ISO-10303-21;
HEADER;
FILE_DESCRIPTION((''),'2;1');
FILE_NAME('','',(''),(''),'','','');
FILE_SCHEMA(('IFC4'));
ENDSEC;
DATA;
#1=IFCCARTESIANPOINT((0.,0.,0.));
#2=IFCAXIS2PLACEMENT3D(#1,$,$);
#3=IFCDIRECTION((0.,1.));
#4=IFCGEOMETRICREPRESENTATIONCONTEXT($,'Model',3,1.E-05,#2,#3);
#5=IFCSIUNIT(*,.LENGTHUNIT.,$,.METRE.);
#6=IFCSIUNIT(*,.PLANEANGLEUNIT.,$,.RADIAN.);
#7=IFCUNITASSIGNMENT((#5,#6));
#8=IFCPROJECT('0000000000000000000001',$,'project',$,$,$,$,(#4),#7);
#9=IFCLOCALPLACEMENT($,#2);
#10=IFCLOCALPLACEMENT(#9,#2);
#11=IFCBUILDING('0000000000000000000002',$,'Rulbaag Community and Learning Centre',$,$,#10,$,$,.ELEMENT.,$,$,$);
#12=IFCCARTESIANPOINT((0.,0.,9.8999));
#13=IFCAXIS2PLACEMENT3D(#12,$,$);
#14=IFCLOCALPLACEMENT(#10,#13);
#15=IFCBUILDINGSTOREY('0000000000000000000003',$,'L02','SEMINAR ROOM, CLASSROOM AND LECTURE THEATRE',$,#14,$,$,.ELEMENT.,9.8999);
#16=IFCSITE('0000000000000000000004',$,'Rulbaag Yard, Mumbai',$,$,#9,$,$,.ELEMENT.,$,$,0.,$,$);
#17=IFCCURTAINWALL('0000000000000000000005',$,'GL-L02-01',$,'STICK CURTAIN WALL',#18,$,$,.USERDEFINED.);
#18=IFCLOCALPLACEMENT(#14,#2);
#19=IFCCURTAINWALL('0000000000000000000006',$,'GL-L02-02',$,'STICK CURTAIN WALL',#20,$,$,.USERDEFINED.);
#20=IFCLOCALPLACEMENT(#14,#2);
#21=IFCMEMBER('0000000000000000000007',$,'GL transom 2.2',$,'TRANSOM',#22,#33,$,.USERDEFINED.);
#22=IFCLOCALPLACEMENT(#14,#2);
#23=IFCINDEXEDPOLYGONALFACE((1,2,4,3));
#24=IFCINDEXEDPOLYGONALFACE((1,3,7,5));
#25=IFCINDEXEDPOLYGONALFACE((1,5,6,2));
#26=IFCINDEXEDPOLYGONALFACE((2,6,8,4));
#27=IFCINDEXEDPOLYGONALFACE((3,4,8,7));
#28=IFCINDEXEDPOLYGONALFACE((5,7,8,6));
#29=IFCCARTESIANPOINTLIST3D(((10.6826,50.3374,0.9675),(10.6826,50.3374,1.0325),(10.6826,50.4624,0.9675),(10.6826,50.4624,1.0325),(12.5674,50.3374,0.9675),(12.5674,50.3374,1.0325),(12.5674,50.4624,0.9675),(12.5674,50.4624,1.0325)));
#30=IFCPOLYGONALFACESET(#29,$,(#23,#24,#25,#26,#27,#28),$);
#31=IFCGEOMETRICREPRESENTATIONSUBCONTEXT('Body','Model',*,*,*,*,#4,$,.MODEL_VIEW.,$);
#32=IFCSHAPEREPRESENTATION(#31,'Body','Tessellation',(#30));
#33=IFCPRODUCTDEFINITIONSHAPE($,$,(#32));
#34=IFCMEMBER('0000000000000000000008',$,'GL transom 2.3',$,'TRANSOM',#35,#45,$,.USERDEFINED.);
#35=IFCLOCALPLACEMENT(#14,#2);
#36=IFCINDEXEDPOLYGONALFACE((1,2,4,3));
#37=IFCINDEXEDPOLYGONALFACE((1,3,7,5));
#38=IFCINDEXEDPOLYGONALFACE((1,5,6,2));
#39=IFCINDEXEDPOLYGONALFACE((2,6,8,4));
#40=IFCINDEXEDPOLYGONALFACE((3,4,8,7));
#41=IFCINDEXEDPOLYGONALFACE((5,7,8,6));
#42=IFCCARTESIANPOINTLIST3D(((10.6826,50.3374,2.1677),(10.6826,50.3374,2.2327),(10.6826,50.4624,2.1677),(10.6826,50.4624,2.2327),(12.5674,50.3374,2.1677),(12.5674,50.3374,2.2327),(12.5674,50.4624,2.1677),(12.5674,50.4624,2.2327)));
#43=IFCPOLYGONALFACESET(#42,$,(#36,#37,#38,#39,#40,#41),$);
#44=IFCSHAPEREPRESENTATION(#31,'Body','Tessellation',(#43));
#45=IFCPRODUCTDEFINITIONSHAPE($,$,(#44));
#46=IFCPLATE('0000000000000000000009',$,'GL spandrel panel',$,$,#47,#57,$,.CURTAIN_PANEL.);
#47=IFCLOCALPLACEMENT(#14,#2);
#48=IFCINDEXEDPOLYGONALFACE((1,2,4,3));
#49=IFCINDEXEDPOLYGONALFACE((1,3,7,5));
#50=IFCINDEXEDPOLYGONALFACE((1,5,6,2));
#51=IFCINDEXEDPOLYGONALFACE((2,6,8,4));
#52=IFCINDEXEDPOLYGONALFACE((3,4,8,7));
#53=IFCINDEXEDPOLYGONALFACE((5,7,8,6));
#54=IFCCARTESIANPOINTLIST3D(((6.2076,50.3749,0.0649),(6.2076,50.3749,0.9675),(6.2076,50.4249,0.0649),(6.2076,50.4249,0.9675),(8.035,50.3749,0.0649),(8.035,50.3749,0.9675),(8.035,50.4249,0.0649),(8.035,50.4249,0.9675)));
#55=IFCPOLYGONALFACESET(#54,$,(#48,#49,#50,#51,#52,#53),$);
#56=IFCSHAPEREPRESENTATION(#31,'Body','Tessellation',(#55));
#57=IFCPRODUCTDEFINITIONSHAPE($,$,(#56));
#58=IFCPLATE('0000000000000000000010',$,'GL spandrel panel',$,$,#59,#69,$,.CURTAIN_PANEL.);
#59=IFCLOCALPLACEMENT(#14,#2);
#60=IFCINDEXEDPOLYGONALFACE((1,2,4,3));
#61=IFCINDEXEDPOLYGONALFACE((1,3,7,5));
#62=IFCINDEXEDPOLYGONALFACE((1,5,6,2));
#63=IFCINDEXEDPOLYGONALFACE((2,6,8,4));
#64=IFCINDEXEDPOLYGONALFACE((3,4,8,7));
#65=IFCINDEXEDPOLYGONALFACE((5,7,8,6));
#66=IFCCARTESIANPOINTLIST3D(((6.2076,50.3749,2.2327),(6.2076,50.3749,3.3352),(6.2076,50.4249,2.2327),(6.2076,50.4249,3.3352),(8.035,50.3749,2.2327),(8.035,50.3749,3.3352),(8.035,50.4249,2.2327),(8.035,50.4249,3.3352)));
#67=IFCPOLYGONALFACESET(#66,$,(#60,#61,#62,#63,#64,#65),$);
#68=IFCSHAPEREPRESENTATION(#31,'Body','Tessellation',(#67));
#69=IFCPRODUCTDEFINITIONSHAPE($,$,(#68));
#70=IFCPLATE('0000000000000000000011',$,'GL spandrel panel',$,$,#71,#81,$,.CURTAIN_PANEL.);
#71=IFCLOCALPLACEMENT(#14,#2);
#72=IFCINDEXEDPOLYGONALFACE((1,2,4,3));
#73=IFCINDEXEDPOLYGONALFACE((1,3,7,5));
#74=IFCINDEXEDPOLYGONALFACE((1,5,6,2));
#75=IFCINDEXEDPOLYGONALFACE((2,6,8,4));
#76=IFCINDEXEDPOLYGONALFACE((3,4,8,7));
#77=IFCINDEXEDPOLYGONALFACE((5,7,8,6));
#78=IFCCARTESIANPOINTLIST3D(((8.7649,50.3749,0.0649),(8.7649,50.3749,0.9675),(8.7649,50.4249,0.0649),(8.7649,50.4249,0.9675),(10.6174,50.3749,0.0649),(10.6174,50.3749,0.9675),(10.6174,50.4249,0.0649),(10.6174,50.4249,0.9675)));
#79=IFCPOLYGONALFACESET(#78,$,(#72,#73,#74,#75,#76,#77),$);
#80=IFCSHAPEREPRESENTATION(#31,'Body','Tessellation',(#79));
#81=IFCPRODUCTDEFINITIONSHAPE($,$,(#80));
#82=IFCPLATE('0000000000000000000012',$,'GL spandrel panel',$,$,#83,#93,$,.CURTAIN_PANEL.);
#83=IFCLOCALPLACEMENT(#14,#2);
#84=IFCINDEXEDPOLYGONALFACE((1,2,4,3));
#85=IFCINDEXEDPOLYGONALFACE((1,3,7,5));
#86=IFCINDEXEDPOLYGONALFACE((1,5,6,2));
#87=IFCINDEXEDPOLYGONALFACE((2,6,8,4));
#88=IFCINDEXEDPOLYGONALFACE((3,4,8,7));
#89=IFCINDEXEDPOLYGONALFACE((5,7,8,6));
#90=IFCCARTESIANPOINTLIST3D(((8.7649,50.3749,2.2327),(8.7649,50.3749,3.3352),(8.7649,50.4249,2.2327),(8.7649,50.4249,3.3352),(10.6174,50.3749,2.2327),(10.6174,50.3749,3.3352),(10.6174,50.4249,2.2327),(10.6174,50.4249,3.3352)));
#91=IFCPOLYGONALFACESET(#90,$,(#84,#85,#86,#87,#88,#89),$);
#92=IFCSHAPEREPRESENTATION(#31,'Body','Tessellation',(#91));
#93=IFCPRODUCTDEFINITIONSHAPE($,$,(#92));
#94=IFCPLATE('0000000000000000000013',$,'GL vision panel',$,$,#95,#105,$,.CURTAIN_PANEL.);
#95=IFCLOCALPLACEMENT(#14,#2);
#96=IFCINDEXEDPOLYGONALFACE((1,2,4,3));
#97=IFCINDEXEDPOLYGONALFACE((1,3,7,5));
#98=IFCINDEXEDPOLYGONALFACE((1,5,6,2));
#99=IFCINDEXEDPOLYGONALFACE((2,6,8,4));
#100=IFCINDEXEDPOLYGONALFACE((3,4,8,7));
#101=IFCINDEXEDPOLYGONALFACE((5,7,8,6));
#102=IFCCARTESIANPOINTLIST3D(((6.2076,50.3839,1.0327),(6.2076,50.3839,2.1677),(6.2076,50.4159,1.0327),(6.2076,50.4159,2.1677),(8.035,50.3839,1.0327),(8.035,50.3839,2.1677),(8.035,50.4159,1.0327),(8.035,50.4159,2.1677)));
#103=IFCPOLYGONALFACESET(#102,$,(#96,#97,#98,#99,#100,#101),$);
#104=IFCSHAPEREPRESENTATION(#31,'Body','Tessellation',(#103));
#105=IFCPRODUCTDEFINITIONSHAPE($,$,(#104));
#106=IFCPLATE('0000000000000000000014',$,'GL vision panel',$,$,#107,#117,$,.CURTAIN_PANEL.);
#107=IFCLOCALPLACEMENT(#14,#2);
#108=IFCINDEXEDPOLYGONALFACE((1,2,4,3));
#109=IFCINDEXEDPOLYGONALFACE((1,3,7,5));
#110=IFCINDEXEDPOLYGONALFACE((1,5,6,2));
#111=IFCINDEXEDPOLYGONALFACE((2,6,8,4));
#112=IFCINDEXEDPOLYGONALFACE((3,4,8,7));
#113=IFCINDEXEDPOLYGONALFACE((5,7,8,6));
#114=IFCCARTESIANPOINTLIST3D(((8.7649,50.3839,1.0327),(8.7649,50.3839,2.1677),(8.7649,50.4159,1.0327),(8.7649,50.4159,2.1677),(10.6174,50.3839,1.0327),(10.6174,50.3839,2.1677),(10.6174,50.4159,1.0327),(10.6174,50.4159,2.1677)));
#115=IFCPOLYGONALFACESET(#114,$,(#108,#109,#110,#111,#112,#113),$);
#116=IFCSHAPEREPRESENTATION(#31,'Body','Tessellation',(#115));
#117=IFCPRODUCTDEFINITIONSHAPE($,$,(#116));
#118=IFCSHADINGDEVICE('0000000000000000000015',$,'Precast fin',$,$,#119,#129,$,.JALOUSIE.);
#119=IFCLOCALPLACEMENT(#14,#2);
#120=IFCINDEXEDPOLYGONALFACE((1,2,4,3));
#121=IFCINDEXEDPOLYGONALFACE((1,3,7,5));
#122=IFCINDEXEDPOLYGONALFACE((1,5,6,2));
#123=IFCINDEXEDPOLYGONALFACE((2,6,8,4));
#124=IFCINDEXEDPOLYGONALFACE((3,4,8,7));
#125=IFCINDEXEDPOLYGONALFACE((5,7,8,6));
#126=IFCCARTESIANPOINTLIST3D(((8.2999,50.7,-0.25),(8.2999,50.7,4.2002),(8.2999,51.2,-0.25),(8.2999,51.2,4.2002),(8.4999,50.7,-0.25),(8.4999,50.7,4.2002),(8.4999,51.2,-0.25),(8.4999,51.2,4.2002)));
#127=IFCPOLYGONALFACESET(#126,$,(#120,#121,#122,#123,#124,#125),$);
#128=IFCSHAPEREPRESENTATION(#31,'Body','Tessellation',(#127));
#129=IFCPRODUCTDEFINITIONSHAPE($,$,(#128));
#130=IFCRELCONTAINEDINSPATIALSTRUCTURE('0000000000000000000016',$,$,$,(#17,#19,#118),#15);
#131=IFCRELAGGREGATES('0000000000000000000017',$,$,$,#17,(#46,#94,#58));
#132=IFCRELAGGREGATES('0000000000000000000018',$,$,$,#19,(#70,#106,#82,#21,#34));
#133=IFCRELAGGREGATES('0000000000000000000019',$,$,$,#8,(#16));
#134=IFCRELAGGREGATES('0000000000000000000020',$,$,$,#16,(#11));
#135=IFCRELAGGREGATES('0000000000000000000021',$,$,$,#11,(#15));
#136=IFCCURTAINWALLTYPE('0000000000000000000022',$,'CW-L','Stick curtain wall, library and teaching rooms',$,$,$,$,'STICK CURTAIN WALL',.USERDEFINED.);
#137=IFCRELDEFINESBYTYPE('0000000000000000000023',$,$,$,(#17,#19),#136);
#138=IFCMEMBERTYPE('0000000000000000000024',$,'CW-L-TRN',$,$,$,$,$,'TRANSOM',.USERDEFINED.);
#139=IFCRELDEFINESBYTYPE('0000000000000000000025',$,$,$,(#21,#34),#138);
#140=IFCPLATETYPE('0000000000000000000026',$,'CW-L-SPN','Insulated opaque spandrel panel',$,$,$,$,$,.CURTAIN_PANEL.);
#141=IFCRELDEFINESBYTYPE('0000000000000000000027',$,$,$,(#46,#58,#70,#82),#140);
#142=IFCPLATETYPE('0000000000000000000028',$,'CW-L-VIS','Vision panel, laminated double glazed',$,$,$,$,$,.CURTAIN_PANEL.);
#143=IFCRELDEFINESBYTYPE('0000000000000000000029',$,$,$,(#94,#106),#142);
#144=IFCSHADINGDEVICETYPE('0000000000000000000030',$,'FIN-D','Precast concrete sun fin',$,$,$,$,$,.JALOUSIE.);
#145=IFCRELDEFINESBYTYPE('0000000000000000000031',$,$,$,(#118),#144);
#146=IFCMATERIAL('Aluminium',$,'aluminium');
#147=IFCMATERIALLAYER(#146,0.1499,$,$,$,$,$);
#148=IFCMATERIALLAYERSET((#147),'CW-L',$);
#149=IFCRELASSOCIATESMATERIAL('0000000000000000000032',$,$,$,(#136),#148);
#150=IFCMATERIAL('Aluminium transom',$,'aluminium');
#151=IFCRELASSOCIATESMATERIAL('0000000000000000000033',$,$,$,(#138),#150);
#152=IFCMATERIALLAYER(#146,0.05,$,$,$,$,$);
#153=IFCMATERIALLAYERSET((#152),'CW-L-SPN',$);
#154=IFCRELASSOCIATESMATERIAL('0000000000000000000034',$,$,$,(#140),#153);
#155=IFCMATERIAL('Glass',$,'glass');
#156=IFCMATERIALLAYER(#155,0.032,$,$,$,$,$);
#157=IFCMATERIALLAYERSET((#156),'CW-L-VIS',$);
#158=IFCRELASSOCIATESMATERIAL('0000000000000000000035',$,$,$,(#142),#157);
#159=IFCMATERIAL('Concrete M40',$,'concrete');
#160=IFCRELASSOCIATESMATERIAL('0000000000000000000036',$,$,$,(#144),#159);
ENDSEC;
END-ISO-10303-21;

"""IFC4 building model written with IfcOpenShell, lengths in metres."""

from ifc_helpers import new_model, si_unit, direction, frame, origin, origin_2d, place, context, subcontext, project, spatial, rectangle, extrude, material, layer, layer_set, material_profile, profile_set, type_object, element, aggregate, save


model = new_model("IFC4")

# Units and contexts
model_context = context("Model", 3, precision=1e-05, world=origin(), true_north=direction((0.0, 1.0)))
body_context = subcontext(model_context, "Body", "Model", "MODEL_VIEW")
ifc_project = project(units=[si_unit("LENGTHUNIT", "METRE"), si_unit("PLANEANGLEUNIT", "RADIAN")], contexts=[model_context])

# Site, building, storey
site_placement = place(None, origin())
site = spatial("IfcSite", under=ifc_project, at=site_placement, Name="Rulbaag Yard, Mumbai", CompositionType="ELEMENT", RefElevation=0.0)
building_placement = place(site_placement, origin())
building = spatial("IfcBuilding", under=site, at=building_placement, Name="Rulbaag Community and Learning Centre", CompositionType="ELEMENT")
storey_placement = place(building_placement, frame((0.0, 0.0, 9.8999)))
storey = spatial("IfcBuildingStorey", under=building, at=storey_placement, Name="L02", Description="SEMINAR ROOM, CLASSROOM AND LECTURE THEATRE", CompositionType="ELEMENT", Elevation=9.8999)

# Shared definitions
ifc_material_1 = material(Name="Concrete M40", Category="concrete")

# Curtain wall
ifc_material_2 = material(Name="Aluminium", Category="aluminium")
ifc_layer_1 = layer(ifc_material_2, 0.1499)
ifc_layer_set_1 = layer_set([ifc_layer_1], Name="CW-L")
curtain_wall_type = type_object("IfcCurtainWallType", Name="CW-L", Description="Stick curtain wall, library and teaching rooms", ElementType="STICK CURTAIN WALL", PredefinedType="USERDEFINED", material=ifc_layer_set_1)
curtain_wall_1_placement = place(storey_placement, origin())
curtain_wall_1 = element("IfcCurtainWall", 1, at=curtain_wall_1_placement, inside=storey, type_object=curtain_wall_type, Name="GL-L02-01", ObjectType="STICK CURTAIN WALL", PredefinedType="USERDEFINED")

# Curtain wall
curtain_wall_2_placement = place(storey_placement, origin())
curtain_wall_2 = element("IfcCurtainWall", 2, at=curtain_wall_2_placement, inside=storey, type_object=curtain_wall_type, Name="GL-L02-02", ObjectType="STICK CURTAIN WALL", PredefinedType="USERDEFINED")

# Members
ifc_material_3 = material(Name="Aluminium transom", Category="aluminium")
ifc_material_profile_1 = material_profile(ifc_material_3, rectangle(XDim=0.125, YDim=0.0649, at=origin_2d()), Name="AL 65x125 T")
ifc_profile_set_1 = profile_set([ifc_material_profile_1], Name="Aluminium transom")
member_type_1 = type_object("IfcMemberType", Name="CW-L-TRN", ElementType="TRANSOM", PredefinedType="USERDEFINED", material=ifc_profile_set_1)
member_1_placement = place(storey_placement, frame((10.6826, 50.3999, 1.0), z_axis=(1.0, 0.0, 0.0), x_axis=(0.0, 1.0, 0.0)))
member_1 = element("IfcMember", 3, at=member_1_placement, type_object=member_type_1, Name="GL transom 2.2", ObjectType="TRANSOM", PredefinedType="USERDEFINED", context=body_context, shape_type="SweptSolid", body=[
    extrude(rectangle(XDim=0.125, YDim=0.0649, at=origin_2d()), origin(), (0.0, 0.0, 1.0), 1.8848),
])
member_2_placement = place(storey_placement, frame((10.6826, 50.3999, 2.2002), z_axis=(1.0, 0.0, 0.0), x_axis=(0.0, 1.0, 0.0)))
member_2 = element("IfcMember", 4, at=member_2_placement, type_object=member_type_1, Name="GL transom 2.3", ObjectType="TRANSOM", PredefinedType="USERDEFINED", context=body_context, shape_type="SweptSolid", body=[
    extrude(rectangle(XDim=0.125, YDim=0.0649, at=origin_2d()), origin(), (0.0, 0.0, 1.0), 1.8848),
])

# Plates
ifc_layer_2 = layer(ifc_material_2, 0.05)
ifc_layer_set_2 = layer_set([ifc_layer_2], Name="CW-L-SPN")
plate_type_1 = type_object("IfcPlateType", Name="CW-L-SPN", Description="Insulated opaque spandrel panel", PredefinedType="CURTAIN_PANEL", material=ifc_layer_set_2)
plate_1_placement = place(storey_placement, frame((7.1213, 50.3999, 0.0649), z_axis=(0.0, 0.0, 1.0), x_axis=(1.0, 0.0, 0.0)))
plate_1 = element("IfcPlate", 5, at=plate_1_placement, type_object=plate_type_1, Name="GL spandrel panel", PredefinedType="CURTAIN_PANEL", context=body_context, shape_type="SweptSolid", body=[
    extrude(rectangle(XDim=1.8274, YDim=0.05, at=origin_2d()), origin(), (0.0, 0.0, 1.0), 0.9026),
])
plate_2_placement = place(storey_placement, frame((7.1213, 50.3999, 2.2327), z_axis=(0.0, 0.0, 1.0), x_axis=(1.0, 0.0, 0.0)))
plate_2 = element("IfcPlate", 6, at=plate_2_placement, type_object=plate_type_1, Name="GL spandrel panel", PredefinedType="CURTAIN_PANEL", context=body_context, shape_type="SweptSolid", body=[
    extrude(rectangle(XDim=1.8274, YDim=0.05, at=origin_2d()), origin(), (0.0, 0.0, 1.0), 1.1025),
])
plate_3_placement = place(storey_placement, frame((9.6912, 50.3999, 0.0649), z_axis=(0.0, 0.0, 1.0), x_axis=(1.0, 0.0, 0.0)))
plate_3 = element("IfcPlate", 7, at=plate_3_placement, type_object=plate_type_1, Name="GL spandrel panel", PredefinedType="CURTAIN_PANEL", context=body_context, shape_type="SweptSolid", body=[
    extrude(rectangle(XDim=1.8525, YDim=0.05, at=origin_2d()), origin(), (0.0, 0.0, 1.0), 0.9026),
])
plate_4_placement = place(storey_placement, frame((9.6912, 50.3999, 2.2327), z_axis=(0.0, 0.0, 1.0), x_axis=(1.0, 0.0, 0.0)))
plate_4 = element("IfcPlate", 8, at=plate_4_placement, type_object=plate_type_1, Name="GL spandrel panel", PredefinedType="CURTAIN_PANEL", context=body_context, shape_type="SweptSolid", body=[
    extrude(rectangle(XDim=1.8525, YDim=0.05, at=origin_2d()), origin(), (0.0, 0.0, 1.0), 1.1025),
])
ifc_material_4 = material(Name="Glass", Category="glass")
ifc_layer_3 = layer(ifc_material_4, 0.032)
ifc_layer_set_3 = layer_set([ifc_layer_3], Name="CW-L-VIS")
plate_type_2 = type_object("IfcPlateType", Name="CW-L-VIS", Description="Vision panel, laminated double glazed", PredefinedType="CURTAIN_PANEL", material=ifc_layer_set_3)
plate_5_placement = place(storey_placement, frame((7.1213, 50.3999, 1.0327), z_axis=(0.0, 0.0, 1.0), x_axis=(1.0, 0.0, 0.0)))
plate_5 = element("IfcPlate", 9, at=plate_5_placement, type_object=plate_type_2, Name="GL vision panel", PredefinedType="CURTAIN_PANEL", context=body_context, shape_type="SweptSolid", body=[
    extrude(rectangle(XDim=1.8274, YDim=0.032, at=origin_2d()), origin(), (0.0, 0.0, 1.0), 1.135),
])
aggregate(curtain_wall_1, [plate_1, plate_5, plate_2])
plate_6_placement = place(storey_placement, frame((9.6912, 50.3999, 1.0327), z_axis=(0.0, 0.0, 1.0), x_axis=(1.0, 0.0, 0.0)))
plate_6 = element("IfcPlate", 10, at=plate_6_placement, type_object=plate_type_2, Name="GL vision panel", PredefinedType="CURTAIN_PANEL", context=body_context, shape_type="SweptSolid", body=[
    extrude(rectangle(XDim=1.8525, YDim=0.032, at=origin_2d()), origin(), (0.0, 0.0, 1.0), 1.135),
])
aggregate(curtain_wall_2, [plate_3, plate_6, plate_4, member_1, member_2])

# Shading device
ifc_material_profile_2 = material_profile(ifc_material_1, rectangle(XDim=0.2, YDim=0.5, at=origin_2d()), Name="PC 200x500")
ifc_profile_set_2 = profile_set([ifc_material_profile_2], Name="Concrete M40")
shading_device_type = type_object("IfcShadingDeviceType", Name="FIN-D", Description="Precast concrete sun fin", PredefinedType="JALOUSIE", material=ifc_profile_set_2)
shading_device_placement = place(storey_placement, frame((8.3999, 50.95, -0.25), z_axis=(0.0, 0.0, 1.0), x_axis=(1.0, 0.0, 0.0)))
element("IfcShadingDevice", 11, at=shading_device_placement, inside=storey, type_object=shading_device_type, Name="Precast fin", PredefinedType="JALOUSIE", context=body_context, shape_type="SweptSolid", body=[
    extrude(rectangle(XDim=0.2, YDim=0.5, at=origin_2d()), origin(), (0.0, 0.0, 1.0), 4.4502),
])

save(model, "model.ifc")
